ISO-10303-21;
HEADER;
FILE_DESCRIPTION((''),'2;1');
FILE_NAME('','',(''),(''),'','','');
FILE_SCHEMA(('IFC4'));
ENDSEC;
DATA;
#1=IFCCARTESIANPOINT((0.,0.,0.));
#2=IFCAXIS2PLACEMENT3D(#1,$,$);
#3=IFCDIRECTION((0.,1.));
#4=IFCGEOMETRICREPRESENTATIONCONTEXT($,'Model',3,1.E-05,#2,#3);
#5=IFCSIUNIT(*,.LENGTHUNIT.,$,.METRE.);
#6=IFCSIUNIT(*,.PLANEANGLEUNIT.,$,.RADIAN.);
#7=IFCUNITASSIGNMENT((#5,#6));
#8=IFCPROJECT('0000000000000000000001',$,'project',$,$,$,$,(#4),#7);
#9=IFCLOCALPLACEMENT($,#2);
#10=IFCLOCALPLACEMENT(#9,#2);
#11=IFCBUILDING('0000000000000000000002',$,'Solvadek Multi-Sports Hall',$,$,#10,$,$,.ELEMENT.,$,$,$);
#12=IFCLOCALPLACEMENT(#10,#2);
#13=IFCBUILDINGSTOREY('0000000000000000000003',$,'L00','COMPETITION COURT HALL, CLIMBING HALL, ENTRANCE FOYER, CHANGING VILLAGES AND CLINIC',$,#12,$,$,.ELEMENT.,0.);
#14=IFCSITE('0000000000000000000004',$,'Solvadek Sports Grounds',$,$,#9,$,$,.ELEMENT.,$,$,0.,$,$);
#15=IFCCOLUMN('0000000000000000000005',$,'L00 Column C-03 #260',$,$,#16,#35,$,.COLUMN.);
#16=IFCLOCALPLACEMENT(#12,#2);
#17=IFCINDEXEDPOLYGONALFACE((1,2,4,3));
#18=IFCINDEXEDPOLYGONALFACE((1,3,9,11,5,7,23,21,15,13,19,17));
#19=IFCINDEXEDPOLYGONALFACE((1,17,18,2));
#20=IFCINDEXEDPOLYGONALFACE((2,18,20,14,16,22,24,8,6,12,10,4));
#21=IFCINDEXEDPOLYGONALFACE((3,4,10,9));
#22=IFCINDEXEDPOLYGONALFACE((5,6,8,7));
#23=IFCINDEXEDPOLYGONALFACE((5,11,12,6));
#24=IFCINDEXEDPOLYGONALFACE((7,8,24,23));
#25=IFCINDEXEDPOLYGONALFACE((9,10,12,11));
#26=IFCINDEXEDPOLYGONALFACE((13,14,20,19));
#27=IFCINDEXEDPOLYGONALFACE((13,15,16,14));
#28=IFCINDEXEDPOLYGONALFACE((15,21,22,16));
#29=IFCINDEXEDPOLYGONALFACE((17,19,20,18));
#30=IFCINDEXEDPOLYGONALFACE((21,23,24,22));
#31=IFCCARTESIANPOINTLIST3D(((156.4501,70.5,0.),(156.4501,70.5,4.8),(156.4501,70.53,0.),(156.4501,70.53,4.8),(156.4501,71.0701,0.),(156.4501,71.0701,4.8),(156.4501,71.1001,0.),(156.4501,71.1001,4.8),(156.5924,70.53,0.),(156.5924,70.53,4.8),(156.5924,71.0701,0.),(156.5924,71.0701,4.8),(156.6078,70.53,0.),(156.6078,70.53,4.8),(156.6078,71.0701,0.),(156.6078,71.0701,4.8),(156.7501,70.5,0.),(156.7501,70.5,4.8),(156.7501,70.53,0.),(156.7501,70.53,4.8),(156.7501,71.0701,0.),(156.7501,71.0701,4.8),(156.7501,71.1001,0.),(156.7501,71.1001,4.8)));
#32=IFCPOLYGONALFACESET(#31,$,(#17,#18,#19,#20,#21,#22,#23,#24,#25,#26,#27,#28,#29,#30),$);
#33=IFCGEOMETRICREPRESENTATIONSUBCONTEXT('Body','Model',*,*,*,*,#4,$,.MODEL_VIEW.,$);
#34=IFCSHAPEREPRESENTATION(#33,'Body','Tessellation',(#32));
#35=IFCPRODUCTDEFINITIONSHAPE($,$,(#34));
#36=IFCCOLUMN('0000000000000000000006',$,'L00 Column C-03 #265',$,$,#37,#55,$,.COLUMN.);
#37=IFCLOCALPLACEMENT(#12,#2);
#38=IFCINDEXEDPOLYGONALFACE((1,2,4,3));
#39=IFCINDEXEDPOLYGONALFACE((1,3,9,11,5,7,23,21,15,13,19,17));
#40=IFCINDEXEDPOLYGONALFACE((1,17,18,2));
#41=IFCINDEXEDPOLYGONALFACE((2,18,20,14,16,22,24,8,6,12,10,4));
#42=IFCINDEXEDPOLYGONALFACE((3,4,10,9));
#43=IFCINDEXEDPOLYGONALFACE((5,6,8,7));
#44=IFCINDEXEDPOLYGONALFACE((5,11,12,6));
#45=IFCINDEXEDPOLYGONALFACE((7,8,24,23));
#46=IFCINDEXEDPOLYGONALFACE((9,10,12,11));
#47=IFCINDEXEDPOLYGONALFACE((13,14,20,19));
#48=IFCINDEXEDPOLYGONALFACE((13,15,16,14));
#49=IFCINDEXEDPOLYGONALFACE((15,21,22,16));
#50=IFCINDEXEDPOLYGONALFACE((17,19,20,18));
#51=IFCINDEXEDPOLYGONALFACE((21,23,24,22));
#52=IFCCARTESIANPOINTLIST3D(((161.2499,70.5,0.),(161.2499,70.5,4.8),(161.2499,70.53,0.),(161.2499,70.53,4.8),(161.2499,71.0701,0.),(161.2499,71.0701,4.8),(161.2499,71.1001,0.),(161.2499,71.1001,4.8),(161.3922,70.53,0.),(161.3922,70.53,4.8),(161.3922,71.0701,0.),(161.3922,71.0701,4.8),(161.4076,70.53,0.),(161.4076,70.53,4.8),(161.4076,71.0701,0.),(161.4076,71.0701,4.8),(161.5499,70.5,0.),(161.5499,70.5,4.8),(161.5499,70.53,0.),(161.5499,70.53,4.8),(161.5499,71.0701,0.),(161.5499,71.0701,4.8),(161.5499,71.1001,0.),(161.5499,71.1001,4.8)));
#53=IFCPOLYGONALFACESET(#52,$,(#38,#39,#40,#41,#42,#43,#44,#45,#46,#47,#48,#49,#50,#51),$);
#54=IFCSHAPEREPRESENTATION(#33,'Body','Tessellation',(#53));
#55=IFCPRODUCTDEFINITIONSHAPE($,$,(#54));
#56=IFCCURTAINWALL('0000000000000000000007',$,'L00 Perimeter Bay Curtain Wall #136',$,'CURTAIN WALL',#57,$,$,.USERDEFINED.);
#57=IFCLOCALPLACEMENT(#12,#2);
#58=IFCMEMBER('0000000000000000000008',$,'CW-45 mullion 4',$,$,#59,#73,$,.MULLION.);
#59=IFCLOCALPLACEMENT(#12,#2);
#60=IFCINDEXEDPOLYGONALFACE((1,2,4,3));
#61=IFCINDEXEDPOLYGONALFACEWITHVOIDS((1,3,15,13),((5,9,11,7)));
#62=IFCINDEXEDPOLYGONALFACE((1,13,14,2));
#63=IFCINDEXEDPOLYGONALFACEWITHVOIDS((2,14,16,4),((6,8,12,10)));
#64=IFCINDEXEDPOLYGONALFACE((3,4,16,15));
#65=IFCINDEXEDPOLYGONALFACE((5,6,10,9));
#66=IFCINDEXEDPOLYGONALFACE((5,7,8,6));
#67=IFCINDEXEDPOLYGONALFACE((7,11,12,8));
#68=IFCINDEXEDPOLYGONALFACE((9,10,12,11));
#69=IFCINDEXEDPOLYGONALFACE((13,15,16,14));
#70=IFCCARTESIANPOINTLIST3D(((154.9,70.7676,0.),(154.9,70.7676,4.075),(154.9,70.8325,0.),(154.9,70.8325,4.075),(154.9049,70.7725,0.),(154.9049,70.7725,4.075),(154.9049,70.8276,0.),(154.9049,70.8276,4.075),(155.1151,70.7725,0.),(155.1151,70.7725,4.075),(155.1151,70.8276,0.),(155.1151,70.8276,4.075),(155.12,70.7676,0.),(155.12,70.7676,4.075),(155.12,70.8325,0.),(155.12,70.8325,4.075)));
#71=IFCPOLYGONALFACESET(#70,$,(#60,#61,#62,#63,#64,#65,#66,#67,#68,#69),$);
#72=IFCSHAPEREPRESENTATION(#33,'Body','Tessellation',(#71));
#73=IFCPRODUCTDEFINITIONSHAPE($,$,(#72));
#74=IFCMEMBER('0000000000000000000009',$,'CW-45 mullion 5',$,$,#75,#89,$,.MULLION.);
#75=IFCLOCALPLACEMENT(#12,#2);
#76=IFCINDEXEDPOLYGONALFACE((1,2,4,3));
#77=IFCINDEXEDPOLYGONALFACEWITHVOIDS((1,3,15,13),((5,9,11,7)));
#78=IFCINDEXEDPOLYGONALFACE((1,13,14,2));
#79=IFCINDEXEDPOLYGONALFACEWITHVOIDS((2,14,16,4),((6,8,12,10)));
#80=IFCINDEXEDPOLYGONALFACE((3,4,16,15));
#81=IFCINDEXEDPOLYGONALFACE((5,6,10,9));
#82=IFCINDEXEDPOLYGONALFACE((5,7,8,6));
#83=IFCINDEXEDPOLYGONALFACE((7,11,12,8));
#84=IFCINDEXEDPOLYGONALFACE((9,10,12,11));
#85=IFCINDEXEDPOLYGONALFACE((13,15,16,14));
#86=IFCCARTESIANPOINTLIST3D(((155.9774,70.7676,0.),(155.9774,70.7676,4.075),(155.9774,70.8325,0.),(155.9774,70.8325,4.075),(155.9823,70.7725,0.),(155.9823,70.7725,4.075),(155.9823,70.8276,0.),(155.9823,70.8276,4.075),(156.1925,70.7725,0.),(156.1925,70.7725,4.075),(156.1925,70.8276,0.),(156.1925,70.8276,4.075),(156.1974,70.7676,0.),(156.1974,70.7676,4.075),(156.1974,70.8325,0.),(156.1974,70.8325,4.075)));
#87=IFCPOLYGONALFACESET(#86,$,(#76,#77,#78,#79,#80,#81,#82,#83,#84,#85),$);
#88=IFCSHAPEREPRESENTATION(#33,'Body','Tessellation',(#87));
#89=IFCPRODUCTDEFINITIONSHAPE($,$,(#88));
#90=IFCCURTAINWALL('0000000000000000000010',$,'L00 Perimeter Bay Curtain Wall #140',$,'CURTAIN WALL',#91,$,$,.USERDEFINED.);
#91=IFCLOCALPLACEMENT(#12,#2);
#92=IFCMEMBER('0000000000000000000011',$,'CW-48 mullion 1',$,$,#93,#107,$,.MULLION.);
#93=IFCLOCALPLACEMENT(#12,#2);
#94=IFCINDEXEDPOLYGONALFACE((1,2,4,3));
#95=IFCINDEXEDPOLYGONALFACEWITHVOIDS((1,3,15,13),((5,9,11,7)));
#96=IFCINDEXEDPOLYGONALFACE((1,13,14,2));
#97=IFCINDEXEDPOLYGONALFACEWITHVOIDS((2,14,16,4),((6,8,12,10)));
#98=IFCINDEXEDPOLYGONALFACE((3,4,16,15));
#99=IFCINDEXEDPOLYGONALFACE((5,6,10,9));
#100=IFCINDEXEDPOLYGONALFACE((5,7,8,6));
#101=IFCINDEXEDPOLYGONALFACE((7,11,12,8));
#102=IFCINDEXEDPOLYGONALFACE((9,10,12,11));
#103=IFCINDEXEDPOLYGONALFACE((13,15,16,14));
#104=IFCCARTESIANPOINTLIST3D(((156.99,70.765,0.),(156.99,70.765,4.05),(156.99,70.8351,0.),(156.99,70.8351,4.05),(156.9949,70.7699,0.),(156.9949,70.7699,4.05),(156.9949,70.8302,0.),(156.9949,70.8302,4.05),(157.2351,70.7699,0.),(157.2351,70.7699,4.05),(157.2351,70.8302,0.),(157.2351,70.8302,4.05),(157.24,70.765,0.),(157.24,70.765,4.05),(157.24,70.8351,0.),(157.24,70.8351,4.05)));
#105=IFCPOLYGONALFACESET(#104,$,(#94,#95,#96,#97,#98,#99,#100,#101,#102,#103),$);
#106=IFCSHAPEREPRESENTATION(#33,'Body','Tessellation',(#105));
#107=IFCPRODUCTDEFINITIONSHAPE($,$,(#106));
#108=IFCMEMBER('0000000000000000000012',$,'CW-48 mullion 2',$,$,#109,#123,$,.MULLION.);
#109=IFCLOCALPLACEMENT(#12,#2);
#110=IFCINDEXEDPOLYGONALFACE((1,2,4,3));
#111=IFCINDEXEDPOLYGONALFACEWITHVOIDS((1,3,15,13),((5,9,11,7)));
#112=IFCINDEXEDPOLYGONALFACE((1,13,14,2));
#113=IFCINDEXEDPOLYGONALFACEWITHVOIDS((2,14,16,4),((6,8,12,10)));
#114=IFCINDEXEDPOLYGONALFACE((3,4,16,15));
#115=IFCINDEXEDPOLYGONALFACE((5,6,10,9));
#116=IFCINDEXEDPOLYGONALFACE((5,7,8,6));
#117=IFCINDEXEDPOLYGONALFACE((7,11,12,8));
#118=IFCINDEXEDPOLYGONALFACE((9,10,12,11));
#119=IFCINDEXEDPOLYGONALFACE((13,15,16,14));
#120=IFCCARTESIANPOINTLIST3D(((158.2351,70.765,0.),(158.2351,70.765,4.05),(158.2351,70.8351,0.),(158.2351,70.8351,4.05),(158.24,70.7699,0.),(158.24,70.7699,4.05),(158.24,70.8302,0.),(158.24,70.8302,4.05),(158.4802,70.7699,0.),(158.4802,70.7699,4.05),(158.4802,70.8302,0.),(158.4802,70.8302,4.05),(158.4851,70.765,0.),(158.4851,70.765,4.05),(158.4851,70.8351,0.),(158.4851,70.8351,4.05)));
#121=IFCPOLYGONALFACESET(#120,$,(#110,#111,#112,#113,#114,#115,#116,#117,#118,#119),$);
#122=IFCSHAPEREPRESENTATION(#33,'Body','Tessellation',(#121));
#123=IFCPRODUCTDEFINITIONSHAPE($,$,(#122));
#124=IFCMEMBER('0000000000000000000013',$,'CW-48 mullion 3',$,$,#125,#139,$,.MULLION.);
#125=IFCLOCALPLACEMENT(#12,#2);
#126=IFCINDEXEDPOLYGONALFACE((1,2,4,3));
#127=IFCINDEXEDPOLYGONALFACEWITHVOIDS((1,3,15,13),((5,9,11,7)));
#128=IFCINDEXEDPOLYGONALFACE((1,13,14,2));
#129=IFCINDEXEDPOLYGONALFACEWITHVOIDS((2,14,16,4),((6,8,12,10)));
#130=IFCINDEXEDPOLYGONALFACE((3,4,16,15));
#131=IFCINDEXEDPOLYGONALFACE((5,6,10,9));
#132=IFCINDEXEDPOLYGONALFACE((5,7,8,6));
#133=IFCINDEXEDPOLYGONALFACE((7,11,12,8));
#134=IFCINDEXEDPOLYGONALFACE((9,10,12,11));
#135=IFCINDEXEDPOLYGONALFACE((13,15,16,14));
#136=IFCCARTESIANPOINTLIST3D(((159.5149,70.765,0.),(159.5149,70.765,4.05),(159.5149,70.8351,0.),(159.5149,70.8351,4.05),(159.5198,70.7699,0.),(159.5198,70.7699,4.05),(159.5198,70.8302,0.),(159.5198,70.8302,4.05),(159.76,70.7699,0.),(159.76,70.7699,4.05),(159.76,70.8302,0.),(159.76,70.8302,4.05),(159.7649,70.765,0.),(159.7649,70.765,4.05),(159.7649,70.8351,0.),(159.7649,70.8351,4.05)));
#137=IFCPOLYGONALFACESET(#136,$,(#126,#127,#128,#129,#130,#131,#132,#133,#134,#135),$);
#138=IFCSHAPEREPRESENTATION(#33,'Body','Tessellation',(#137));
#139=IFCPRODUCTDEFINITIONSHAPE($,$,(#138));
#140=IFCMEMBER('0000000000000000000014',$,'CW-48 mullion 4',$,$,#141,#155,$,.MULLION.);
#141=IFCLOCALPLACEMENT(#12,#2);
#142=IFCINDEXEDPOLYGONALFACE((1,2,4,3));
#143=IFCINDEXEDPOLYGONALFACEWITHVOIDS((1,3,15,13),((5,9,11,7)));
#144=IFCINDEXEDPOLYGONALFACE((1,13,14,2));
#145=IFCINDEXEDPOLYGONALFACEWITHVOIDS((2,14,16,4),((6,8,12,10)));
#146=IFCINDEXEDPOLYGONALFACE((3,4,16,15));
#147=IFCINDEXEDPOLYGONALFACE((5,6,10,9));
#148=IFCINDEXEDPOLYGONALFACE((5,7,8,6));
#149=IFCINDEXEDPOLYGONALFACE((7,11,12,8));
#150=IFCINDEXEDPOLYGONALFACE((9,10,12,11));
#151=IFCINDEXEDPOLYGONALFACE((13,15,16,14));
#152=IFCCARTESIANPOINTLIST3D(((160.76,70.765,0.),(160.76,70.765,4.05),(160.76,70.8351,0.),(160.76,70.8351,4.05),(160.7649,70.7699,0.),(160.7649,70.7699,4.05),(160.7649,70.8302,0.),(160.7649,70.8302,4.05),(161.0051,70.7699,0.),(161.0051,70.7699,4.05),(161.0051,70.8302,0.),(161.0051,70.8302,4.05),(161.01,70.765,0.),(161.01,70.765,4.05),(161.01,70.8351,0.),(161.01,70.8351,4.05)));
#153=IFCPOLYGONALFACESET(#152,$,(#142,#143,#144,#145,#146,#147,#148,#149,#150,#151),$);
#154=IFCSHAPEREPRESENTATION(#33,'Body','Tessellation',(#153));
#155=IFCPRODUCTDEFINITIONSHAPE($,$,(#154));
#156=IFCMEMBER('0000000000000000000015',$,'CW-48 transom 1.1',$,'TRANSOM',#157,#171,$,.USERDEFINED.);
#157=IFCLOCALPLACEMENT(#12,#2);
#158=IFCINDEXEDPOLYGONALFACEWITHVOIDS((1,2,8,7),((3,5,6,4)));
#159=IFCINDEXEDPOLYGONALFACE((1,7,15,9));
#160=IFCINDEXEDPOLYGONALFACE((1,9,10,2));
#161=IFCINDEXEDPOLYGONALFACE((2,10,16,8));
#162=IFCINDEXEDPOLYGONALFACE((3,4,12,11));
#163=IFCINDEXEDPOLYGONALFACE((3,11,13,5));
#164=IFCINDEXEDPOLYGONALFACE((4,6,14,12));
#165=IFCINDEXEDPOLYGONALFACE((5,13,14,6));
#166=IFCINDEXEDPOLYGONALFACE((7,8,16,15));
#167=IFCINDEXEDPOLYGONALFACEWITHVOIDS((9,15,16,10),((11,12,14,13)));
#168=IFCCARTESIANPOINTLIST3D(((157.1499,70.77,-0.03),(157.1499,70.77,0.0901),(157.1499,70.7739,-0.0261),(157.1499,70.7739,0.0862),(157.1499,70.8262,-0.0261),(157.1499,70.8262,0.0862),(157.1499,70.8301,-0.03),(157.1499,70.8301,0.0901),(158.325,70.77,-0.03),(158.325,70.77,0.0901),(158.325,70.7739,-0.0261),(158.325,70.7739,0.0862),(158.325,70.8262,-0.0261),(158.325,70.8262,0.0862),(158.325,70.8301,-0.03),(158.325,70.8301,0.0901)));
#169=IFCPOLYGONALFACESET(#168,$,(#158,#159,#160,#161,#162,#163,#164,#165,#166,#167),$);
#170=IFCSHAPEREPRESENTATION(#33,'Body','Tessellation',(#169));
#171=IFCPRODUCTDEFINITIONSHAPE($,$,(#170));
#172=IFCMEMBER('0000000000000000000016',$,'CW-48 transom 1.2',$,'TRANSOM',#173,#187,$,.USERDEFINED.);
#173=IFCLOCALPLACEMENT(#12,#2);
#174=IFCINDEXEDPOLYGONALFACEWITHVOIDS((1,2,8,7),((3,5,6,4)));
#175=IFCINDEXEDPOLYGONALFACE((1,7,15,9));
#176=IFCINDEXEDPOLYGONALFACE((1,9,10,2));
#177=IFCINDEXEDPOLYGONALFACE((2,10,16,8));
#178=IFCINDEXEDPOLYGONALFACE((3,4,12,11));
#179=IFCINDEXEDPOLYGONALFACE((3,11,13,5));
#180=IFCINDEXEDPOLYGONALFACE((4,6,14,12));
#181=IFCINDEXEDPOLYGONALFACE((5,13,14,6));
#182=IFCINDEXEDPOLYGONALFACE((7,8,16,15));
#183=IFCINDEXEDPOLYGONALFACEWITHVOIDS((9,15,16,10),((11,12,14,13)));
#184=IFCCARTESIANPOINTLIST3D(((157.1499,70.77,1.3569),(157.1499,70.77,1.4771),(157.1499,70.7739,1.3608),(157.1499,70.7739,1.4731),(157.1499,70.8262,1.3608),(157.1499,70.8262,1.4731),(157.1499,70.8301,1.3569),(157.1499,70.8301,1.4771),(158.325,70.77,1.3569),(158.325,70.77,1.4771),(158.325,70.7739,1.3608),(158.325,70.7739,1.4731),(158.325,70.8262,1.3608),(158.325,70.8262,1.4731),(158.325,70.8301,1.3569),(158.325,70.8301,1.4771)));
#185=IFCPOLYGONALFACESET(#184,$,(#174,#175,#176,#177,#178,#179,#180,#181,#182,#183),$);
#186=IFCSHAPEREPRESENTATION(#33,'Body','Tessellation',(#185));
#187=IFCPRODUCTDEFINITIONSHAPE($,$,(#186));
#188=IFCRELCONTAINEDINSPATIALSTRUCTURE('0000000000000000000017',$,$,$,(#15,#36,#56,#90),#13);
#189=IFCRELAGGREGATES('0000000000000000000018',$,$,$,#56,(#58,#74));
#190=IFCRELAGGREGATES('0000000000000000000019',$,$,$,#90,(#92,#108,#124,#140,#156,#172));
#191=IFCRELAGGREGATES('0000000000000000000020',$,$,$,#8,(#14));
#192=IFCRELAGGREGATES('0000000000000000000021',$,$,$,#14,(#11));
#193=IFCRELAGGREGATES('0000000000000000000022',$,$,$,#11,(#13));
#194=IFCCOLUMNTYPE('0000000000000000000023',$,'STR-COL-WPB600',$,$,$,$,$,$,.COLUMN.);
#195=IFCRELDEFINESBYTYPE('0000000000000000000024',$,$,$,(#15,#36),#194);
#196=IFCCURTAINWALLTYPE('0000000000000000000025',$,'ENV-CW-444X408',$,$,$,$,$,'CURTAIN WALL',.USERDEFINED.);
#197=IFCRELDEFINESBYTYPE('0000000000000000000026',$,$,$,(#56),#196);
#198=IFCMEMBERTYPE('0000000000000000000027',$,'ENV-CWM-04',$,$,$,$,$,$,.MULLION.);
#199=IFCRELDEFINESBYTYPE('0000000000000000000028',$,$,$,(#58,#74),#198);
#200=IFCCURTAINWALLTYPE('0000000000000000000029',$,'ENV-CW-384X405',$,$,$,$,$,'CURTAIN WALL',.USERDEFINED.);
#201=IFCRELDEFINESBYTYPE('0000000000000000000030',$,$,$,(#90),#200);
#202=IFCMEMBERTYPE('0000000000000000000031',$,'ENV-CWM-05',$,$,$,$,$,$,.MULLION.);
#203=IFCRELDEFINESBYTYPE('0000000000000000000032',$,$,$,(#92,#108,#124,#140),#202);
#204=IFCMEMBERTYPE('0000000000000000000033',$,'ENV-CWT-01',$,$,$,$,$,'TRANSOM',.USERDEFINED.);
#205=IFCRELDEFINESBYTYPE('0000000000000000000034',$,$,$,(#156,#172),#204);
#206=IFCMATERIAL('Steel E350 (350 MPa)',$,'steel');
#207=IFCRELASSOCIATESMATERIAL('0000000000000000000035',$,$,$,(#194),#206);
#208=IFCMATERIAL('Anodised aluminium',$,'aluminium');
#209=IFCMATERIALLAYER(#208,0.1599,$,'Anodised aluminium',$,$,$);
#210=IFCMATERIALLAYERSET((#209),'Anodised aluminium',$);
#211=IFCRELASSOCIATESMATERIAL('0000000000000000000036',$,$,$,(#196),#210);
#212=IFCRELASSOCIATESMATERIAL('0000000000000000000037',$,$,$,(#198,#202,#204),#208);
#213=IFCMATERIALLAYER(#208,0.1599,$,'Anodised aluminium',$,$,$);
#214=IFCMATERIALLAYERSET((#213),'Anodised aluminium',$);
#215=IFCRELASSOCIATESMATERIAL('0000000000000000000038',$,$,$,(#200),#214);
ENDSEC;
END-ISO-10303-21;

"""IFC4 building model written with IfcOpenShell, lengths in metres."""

from ifc_helpers import new_model, si_unit, direction, frame, origin, origin_2d, place, context, subcontext, project, spatial, hollow_rectangle, i_section, extrude, material, layer, layer_set, material_profile, profile_set, type_object, element, aggregate, save


model = new_model("IFC4")

# Units and contexts
model_context = context("Model", 3, precision=1e-05, world=origin(), true_north=direction((0.0, 1.0)))
body_context = subcontext(model_context, "Body", "Model", "MODEL_VIEW")
ifc_project = project(units=[si_unit("LENGTHUNIT", "METRE"), si_unit("PLANEANGLEUNIT", "RADIAN")], contexts=[model_context])

# Site, building, storey
site_placement = place(None, origin())
site = spatial("IfcSite", under=ifc_project, at=site_placement, Name="Solvadek Sports Grounds", CompositionType="ELEMENT", RefElevation=0.0)
building_placement = place(site_placement, origin())
building = spatial("IfcBuilding", under=site, at=building_placement, Name="Solvadek Multi-Sports Hall", CompositionType="ELEMENT")
storey_placement = place(building_placement, origin())
storey = spatial("IfcBuildingStorey", under=building, at=storey_placement, Name="L00", Description="COMPETITION COURT HALL, CLIMBING HALL, ENTRANCE FOYER, CHANGING VILLAGES AND CLINIC", CompositionType="ELEMENT", Elevation=0.0)

# Columns
ifc_material_1 = material(Name="Steel E350 (350 MPa)", Category="steel")
ifc_material_profile_1 = material_profile(ifc_material_1, i_section(OverallWidth=0.3, OverallDepth=0.6001, WebThickness=0.0154, FlangeThickness=0.03, at=origin_2d()), Name="WPB 600")
ifc_profile_set_1 = profile_set([ifc_material_profile_1], Name="Steel E350 (350 MPa)")
column_type = type_object("IfcColumnType", Name="STR-COL-WPB600", PredefinedType="COLUMN", material=ifc_profile_set_1)
for number, where, z_axis, x_axis, name in (
    (1, (156.6001, 70.8, 0.0), (0.0, 0.0, 1.0), (1.0, 0.0, 0.0), "L00 Column C-03 #260"),
    (2, (161.3999, 70.8, 0.0), (0.0, 0.0, 1.0), (1.0, 0.0, 0.0), "L00 Column C-03 #265"),
):
    element("IfcColumn", number, at=place(storey_placement, frame(where, z_axis=z_axis, x_axis=x_axis)), inside=storey, type_object=column_type, Name=name, PredefinedType="COLUMN", context=body_context, shape_type="SweptSolid", body=[
        extrude(i_section(OverallWidth=0.3, OverallDepth=0.6001, WebThickness=0.0154, FlangeThickness=0.03, at=origin_2d()), origin(), (0.0, 0.0, 1.0), 4.8),
    ])

# Curtain walls, members
ifc_material_2 = material(Name="Anodised aluminium", Category="aluminium")
ifc_layer_1 = layer(ifc_material_2, 0.1599, Name="Anodised aluminium")
ifc_layer_set_1 = layer_set([ifc_layer_1], Name="Anodised aluminium")
curtain_wall_type_1 = type_object("IfcCurtainWallType", Name="ENV-CW-444X408", ElementType="CURTAIN WALL", PredefinedType="USERDEFINED", material=ifc_layer_set_1)
curtain_wall_1_placement = place(storey_placement, origin())
curtain_wall_1 = element("IfcCurtainWall", 3, at=curtain_wall_1_placement, inside=storey, type_object=curtain_wall_type_1, Name="L00 Perimeter Bay Curtain Wall #136", ObjectType="CURTAIN WALL", PredefinedType="USERDEFINED")
ifc_material_profile_2 = material_profile(ifc_material_2, hollow_rectangle(XDim=0.0649, YDim=0.22, WallThickness=0.0049, at=origin_2d()), Name="ALU-M 220x65x5")
ifc_profile_set_2 = profile_set([ifc_material_profile_2], Name="Anodised aluminium")
member_type_1 = type_object("IfcMemberType", Name="ENV-CWM-04", PredefinedType="MULLION", material=ifc_profile_set_2)
member_1_placement = place(storey_placement, frame((155.01, 70.8, 0.0), z_axis=(0.0, 0.0, 1.0), x_axis=(0.0, 1.0, 0.0)))
member_1 = element("IfcMember", 4, at=member_1_placement, type_object=member_type_1, Name="CW-45 mullion 4", PredefinedType="MULLION", context=body_context, shape_type="SweptSolid", body=[
    extrude(hollow_rectangle(XDim=0.0649, YDim=0.22, WallThickness=0.0049, at=origin_2d()), origin(), (0.0, 0.0, 1.0), 4.075),
])
member_2_placement = place(storey_placement, frame((156.0874, 70.8, 0.0), z_axis=(0.0, 0.0, 1.0), x_axis=(0.0, 1.0, 0.0)))
member_2 = element("IfcMember", 5, at=member_2_placement, type_object=member_type_1, Name="CW-45 mullion 5", PredefinedType="MULLION", context=body_context, shape_type="SweptSolid", body=[
    extrude(hollow_rectangle(XDim=0.0649, YDim=0.22, WallThickness=0.0049, at=origin_2d()), origin(), (0.0, 0.0, 1.0), 4.075),
])
ifc_layer_2 = layer(ifc_material_2, 0.1599, Name="Anodised aluminium")
ifc_layer_set_2 = layer_set([ifc_layer_2], Name="Anodised aluminium")
curtain_wall_type_2 = type_object("IfcCurtainWallType", Name="ENV-CW-384X405", ElementType="CURTAIN WALL", PredefinedType="USERDEFINED", material=ifc_layer_set_2)
curtain_wall_2_placement = place(storey_placement, origin())
curtain_wall_2 = element("IfcCurtainWall", 6, at=curtain_wall_2_placement, inside=storey, type_object=curtain_wall_type_2, Name="L00 Perimeter Bay Curtain Wall #140", ObjectType="CURTAIN WALL", PredefinedType="USERDEFINED")
ifc_material_profile_3 = material_profile(ifc_material_2, hollow_rectangle(XDim=0.0701, YDim=0.25, WallThickness=0.0049, at=origin_2d()), Name="ALU-M 250x70x5")
ifc_profile_set_3 = profile_set([ifc_material_profile_3], Name="Anodised aluminium")
member_type_2 = type_object("IfcMemberType", Name="ENV-CWM-05", PredefinedType="MULLION", material=ifc_profile_set_3)
member_3_placement = place(storey_placement, frame((157.115, 70.8, 0.0), z_axis=(0.0, 0.0, 1.0), x_axis=(0.0, 1.0, 0.0)))
member_3 = element("IfcMember", 7, at=member_3_placement, type_object=member_type_2, Name="CW-48 mullion 1", PredefinedType="MULLION", context=body_context, shape_type="SweptSolid", body=[
    extrude(hollow_rectangle(XDim=0.0701, YDim=0.25, WallThickness=0.0049, at=origin_2d()), origin(), (0.0, 0.0, 1.0), 4.05),
])
member_4_placement = place(storey_placement, frame((158.3601, 70.8, 0.0), z_axis=(0.0, 0.0, 1.0), x_axis=(0.0, 1.0, 0.0)))
member_4 = element("IfcMember", 8, at=member_4_placement, type_object=member_type_2, Name="CW-48 mullion 2", PredefinedType="MULLION", context=body_context, shape_type="SweptSolid", body=[
    extrude(hollow_rectangle(XDim=0.0701, YDim=0.25, WallThickness=0.0049, at=origin_2d()), origin(), (0.0, 0.0, 1.0), 4.05),
])
member_5_placement = place(storey_placement, frame((159.6399, 70.8, 0.0), z_axis=(0.0, 0.0, 1.0), x_axis=(0.0, 1.0, 0.0)))
member_5 = element("IfcMember", 9, at=member_5_placement, type_object=member_type_2, Name="CW-48 mullion 3", PredefinedType="MULLION", context=body_context, shape_type="SweptSolid", body=[
    extrude(hollow_rectangle(XDim=0.0701, YDim=0.25, WallThickness=0.0049, at=origin_2d()), origin(), (0.0, 0.0, 1.0), 4.05),
])
member_6_placement = place(storey_placement, frame((160.885, 70.8, 0.0), z_axis=(0.0, 0.0, 1.0), x_axis=(0.0, 1.0, 0.0)))
member_6 = element("IfcMember", 10, at=member_6_placement, type_object=member_type_2, Name="CW-48 mullion 4", PredefinedType="MULLION", context=body_context, shape_type="SweptSolid", body=[
    extrude(hollow_rectangle(XDim=0.0701, YDim=0.25, WallThickness=0.0049, at=origin_2d()), origin(), (0.0, 0.0, 1.0), 4.05),
])
ifc_material_profile_4 = material_profile(ifc_material_2, hollow_rectangle(XDim=0.0601, YDim=0.1201, WallThickness=0.0039, at=origin_2d()), Name="ALU-T 120x60x4")
ifc_profile_set_4 = profile_set([ifc_material_profile_4], Name="Anodised aluminium")
member_type_3 = type_object("IfcMemberType", Name="ENV-CWT-01", ElementType="TRANSOM", PredefinedType="USERDEFINED", material=ifc_profile_set_4)
member_7_placement = place(storey_placement, frame((157.1499, 70.8, 0.03), z_axis=(1.0, 0.0, 0.0), x_axis=(0.0, 1.0, 0.0)))
member_7 = element("IfcMember", 11, at=member_7_placement, type_object=member_type_3, Name="CW-48 transom 1.1", ObjectType="TRANSOM", PredefinedType="USERDEFINED", context=body_context, shape_type="SweptSolid", body=[
    extrude(hollow_rectangle(XDim=0.0601, YDim=0.1201, WallThickness=0.0039, at=origin_2d()), origin(), (0.0, 0.0, 1.0), 1.175),
])
member_8_placement = place(storey_placement, frame((157.1499, 70.8, 1.417), z_axis=(1.0, 0.0, 0.0), x_axis=(0.0, 1.0, 0.0)))
member_8 = element("IfcMember", 12, at=member_8_placement, type_object=member_type_3, Name="CW-48 transom 1.2", ObjectType="TRANSOM", PredefinedType="USERDEFINED", context=body_context, shape_type="SweptSolid", body=[
    extrude(hollow_rectangle(XDim=0.0601, YDim=0.1201, WallThickness=0.0039, at=origin_2d()), origin(), (0.0, 0.0, 1.0), 1.175),
])

aggregate(curtain_wall_1, [member_1, member_2])
aggregate(curtain_wall_2, [member_3, member_4, member_5, member_6, member_7, member_8])

save(model, "model.ifc")
